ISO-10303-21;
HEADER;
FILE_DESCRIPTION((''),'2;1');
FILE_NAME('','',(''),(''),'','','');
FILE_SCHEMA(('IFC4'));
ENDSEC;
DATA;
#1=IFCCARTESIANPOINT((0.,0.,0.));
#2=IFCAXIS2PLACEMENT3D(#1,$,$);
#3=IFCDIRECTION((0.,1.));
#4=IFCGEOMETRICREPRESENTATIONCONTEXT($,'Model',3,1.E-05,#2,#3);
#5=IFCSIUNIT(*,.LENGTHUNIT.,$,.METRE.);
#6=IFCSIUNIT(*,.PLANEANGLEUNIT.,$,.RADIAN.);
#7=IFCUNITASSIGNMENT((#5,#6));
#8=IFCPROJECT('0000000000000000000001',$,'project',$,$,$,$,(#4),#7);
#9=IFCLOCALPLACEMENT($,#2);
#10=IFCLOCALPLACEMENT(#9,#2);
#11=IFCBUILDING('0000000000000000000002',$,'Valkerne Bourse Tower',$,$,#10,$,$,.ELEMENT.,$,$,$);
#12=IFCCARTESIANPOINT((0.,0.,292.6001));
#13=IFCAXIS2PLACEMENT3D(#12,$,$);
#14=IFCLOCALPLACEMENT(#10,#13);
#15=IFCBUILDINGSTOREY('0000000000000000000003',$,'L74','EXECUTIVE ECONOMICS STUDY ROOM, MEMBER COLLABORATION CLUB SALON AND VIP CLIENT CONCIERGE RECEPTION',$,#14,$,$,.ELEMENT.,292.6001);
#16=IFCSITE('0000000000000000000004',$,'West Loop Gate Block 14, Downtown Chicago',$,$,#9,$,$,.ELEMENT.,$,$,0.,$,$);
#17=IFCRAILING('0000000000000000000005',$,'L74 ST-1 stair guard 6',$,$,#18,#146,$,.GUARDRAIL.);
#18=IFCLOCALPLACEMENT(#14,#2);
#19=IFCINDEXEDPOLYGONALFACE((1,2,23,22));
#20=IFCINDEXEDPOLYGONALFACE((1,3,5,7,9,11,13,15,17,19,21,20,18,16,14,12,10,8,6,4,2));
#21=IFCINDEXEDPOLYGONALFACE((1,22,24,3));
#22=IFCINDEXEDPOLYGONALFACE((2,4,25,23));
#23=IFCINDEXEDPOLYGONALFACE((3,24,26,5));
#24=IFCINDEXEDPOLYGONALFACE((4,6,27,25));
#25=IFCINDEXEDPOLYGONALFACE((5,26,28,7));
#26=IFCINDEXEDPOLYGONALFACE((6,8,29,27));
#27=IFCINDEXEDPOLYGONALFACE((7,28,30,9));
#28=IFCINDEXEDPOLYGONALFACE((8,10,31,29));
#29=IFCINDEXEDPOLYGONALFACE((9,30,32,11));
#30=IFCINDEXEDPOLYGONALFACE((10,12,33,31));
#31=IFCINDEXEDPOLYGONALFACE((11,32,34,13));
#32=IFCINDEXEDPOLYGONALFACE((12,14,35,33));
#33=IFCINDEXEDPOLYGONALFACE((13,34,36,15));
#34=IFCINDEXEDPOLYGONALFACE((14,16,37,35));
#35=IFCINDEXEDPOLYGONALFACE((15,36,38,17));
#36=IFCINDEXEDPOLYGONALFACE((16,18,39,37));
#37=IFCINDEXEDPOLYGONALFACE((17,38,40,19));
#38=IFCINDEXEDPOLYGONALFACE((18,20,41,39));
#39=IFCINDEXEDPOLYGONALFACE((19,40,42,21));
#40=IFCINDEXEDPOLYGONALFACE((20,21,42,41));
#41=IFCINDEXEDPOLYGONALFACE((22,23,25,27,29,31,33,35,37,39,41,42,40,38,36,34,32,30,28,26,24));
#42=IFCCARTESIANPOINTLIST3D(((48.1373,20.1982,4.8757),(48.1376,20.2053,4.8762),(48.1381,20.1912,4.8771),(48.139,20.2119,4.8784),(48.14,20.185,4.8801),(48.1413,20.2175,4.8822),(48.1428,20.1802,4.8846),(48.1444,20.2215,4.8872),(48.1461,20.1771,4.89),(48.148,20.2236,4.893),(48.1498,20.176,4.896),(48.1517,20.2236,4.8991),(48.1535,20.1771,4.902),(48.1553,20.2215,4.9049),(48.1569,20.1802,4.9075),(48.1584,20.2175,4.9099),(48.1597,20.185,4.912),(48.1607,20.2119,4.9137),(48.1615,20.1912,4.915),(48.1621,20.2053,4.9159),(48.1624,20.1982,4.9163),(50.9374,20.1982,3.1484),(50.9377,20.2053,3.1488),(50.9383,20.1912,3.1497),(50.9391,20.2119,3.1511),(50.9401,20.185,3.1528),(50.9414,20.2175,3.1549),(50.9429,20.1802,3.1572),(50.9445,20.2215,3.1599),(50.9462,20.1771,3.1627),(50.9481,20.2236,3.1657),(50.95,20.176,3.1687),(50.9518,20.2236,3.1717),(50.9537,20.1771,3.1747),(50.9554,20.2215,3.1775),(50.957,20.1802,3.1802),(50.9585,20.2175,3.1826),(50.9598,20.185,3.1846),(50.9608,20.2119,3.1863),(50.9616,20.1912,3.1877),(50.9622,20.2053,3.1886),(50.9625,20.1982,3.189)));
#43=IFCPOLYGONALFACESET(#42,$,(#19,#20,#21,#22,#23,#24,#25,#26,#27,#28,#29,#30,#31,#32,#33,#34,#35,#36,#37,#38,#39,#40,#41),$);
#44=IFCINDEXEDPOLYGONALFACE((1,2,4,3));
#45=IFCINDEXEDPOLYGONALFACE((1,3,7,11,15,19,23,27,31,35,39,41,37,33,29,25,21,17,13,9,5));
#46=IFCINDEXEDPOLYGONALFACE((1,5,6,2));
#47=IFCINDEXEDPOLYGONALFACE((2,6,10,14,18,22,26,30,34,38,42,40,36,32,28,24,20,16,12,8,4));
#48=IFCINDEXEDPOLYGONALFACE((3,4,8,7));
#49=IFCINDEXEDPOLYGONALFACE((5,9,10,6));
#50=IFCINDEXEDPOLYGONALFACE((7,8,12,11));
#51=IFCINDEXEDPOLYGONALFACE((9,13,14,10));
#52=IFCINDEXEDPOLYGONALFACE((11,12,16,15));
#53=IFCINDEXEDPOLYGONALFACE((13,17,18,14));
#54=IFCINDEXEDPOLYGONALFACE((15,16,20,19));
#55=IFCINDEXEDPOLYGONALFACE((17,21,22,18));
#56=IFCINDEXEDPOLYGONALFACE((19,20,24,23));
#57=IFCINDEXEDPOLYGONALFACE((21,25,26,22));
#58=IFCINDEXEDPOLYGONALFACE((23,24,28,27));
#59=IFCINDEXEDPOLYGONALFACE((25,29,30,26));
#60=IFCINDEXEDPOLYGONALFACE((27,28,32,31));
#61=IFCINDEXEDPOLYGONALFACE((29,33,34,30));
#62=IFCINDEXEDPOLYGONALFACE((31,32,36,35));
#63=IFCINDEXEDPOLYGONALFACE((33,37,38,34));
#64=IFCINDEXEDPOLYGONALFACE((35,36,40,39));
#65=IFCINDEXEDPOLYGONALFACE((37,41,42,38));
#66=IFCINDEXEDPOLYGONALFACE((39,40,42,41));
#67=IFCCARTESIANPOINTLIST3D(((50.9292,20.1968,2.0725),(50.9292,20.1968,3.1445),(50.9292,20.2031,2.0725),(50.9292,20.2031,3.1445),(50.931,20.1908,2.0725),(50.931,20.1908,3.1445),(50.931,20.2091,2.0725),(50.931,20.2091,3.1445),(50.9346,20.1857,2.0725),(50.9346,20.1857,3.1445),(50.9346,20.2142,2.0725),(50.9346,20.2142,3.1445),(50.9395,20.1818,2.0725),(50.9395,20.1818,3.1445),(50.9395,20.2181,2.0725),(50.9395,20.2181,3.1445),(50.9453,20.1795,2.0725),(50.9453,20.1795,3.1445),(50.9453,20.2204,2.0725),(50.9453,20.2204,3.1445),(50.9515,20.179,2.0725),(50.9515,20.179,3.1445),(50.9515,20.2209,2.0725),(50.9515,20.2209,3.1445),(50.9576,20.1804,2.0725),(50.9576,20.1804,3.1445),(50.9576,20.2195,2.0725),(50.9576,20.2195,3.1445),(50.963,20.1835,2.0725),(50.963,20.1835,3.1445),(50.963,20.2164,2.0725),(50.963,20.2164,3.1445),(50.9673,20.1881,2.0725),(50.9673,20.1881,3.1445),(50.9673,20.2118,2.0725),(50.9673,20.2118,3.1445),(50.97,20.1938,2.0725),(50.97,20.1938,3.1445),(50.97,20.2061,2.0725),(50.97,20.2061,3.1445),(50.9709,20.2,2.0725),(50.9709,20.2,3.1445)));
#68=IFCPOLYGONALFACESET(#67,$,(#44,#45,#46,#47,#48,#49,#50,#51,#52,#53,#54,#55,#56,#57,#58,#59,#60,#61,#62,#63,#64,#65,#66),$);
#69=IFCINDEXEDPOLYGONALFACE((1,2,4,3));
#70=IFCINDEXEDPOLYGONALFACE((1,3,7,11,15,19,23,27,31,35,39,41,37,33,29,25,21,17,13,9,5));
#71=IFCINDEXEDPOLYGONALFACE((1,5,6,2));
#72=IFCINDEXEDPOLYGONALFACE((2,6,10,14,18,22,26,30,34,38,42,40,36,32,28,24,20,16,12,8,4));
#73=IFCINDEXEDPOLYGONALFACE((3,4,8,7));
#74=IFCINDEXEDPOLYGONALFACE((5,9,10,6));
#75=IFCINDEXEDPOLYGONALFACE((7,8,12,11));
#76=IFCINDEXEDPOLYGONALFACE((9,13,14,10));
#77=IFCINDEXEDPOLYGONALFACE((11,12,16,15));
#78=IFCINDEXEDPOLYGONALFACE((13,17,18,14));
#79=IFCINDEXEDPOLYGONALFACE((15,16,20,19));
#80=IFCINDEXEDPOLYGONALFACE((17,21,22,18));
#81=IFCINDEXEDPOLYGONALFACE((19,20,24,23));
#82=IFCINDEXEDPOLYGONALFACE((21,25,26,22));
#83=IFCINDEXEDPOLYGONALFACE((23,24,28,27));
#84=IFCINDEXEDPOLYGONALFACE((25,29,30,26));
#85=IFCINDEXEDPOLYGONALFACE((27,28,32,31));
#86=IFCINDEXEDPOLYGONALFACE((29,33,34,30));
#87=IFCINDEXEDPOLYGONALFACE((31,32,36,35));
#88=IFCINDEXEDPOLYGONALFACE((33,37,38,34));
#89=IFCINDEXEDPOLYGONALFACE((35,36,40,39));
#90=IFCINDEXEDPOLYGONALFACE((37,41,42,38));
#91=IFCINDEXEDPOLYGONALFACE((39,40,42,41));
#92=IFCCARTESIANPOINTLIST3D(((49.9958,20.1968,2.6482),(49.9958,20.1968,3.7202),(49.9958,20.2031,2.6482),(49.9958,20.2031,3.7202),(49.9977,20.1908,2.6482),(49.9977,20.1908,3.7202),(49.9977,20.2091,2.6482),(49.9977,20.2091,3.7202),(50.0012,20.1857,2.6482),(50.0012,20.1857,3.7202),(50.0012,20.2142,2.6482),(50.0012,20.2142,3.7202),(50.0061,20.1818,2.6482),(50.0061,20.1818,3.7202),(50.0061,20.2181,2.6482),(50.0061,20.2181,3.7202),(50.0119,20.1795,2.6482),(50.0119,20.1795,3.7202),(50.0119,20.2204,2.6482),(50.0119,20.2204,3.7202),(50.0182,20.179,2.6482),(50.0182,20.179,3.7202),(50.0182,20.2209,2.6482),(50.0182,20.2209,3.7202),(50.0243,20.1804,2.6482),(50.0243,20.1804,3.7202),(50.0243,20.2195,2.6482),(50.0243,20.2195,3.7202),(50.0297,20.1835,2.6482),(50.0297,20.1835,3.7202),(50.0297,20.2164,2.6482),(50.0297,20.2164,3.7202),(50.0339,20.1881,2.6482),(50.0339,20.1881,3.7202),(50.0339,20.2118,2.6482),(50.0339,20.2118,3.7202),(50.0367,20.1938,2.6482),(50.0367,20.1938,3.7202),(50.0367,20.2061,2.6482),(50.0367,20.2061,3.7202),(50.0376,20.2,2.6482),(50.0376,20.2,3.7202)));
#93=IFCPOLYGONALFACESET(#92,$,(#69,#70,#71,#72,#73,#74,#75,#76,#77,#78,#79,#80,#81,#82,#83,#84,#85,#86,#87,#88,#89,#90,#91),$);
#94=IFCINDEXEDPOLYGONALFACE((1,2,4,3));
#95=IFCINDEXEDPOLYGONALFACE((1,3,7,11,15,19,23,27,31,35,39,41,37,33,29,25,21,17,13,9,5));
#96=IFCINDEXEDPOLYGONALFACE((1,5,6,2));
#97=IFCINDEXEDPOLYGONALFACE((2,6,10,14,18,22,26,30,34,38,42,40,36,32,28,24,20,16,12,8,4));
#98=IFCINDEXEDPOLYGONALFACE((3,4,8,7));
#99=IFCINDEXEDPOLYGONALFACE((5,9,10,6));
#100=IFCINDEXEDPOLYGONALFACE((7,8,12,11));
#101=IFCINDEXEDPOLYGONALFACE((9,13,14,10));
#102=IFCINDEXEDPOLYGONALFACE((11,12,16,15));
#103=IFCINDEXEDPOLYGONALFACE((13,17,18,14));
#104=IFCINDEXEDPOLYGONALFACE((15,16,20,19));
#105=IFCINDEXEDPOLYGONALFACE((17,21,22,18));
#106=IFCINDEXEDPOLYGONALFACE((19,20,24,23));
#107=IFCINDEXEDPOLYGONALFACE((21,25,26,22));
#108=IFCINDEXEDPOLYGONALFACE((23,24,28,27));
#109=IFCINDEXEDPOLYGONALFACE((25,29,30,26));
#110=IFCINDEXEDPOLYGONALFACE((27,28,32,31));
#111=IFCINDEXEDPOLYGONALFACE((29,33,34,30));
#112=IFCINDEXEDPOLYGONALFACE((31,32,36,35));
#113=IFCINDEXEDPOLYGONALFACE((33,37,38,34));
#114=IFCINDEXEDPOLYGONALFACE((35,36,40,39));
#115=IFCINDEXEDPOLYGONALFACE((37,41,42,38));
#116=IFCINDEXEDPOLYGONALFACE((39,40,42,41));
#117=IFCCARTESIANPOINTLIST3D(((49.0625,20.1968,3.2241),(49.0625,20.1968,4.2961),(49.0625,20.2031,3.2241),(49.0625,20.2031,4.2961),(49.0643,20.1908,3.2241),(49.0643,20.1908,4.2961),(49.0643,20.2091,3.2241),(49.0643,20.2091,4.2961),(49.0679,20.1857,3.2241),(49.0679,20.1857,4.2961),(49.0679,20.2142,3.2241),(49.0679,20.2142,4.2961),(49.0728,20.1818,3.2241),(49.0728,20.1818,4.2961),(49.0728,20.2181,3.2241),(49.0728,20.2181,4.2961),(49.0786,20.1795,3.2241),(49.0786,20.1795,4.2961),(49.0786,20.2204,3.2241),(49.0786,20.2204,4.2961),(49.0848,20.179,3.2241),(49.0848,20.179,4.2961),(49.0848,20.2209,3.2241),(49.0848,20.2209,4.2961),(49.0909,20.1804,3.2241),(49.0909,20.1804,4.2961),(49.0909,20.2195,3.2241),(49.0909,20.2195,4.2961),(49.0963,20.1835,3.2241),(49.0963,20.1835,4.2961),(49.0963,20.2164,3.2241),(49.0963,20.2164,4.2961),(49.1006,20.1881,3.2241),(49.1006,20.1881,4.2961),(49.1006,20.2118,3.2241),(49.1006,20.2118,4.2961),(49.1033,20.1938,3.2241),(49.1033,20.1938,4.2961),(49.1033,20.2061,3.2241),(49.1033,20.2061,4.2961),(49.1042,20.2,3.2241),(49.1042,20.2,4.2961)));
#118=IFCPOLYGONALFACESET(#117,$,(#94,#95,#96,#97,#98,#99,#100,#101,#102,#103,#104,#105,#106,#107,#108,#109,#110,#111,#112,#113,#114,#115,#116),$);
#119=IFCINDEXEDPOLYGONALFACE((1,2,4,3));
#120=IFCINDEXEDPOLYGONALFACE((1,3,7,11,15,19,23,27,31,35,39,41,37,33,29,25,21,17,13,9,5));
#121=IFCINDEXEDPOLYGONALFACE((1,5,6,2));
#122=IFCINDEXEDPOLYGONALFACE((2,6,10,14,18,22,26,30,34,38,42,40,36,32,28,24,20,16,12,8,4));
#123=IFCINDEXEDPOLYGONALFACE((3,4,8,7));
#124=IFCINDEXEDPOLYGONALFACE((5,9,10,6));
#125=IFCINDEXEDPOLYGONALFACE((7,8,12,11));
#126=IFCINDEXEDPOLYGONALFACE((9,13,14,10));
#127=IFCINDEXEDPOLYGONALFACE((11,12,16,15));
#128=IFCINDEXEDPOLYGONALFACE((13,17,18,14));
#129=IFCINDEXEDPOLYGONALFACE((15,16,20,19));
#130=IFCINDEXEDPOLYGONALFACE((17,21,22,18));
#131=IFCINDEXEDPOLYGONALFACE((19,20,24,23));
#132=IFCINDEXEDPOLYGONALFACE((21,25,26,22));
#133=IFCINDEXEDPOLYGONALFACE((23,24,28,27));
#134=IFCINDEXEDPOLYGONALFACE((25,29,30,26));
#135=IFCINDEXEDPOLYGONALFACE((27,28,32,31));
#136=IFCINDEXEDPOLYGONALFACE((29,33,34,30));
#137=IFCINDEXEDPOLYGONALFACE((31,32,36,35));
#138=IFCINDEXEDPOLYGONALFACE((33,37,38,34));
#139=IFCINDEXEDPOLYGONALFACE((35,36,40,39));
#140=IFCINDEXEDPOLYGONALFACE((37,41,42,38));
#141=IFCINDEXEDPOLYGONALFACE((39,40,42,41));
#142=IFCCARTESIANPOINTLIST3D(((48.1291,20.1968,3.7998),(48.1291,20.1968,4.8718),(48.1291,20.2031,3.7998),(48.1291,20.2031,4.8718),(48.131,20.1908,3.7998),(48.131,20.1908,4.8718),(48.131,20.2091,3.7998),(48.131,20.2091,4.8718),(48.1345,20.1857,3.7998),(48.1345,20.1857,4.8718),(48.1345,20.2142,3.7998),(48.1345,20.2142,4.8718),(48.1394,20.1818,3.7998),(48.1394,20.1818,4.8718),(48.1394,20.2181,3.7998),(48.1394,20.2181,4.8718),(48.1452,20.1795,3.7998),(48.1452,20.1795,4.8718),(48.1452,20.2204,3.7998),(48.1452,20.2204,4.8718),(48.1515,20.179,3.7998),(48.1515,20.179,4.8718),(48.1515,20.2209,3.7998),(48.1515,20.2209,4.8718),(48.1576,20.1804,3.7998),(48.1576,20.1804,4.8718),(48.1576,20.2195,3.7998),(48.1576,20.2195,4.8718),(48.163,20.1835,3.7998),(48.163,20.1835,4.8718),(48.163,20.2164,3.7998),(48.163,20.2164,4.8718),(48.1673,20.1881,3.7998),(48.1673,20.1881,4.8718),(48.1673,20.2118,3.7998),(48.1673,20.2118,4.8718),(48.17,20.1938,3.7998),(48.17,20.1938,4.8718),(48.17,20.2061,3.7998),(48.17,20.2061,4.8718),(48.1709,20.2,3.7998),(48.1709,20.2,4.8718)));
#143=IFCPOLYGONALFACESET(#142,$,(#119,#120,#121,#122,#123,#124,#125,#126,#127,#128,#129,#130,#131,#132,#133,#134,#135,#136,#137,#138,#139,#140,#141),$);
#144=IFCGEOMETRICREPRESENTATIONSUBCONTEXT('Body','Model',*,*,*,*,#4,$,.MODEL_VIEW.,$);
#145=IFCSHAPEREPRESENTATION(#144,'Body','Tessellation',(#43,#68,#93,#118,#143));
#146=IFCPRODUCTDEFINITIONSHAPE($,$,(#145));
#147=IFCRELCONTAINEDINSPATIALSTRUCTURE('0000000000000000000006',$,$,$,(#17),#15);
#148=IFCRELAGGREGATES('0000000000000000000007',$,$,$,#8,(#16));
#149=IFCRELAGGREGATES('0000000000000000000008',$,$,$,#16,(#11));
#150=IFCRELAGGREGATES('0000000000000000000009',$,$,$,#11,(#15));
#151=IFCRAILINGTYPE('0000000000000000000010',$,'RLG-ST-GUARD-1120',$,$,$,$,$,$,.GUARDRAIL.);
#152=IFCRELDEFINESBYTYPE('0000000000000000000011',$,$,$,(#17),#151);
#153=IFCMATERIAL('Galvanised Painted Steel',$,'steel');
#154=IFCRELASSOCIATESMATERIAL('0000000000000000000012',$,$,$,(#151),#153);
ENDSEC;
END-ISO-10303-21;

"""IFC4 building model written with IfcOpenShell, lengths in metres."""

from ifc_helpers import new_model, si_unit, direction, frame, origin, origin_2d, place, context, subcontext, project, spatial, circle, extrude, material, type_object, element, save


model = new_model("IFC4")

# Units and contexts
model_context = context("Model", 3, precision=1e-05, world=origin(), true_north=direction((0.0, 1.0)))
body_context = subcontext(model_context, "Body", "Model", "MODEL_VIEW")
ifc_project = project(units=[si_unit("LENGTHUNIT", "METRE"), si_unit("PLANEANGLEUNIT", "RADIAN")], contexts=[model_context])

# Site, building, storey
site_placement = place(None, origin())
site = spatial("IfcSite", under=ifc_project, at=site_placement, Name="West Loop Gate Block 14, Downtown Chicago", CompositionType="ELEMENT", RefElevation=0.0)
building_placement = place(site_placement, origin())
building = spatial("IfcBuilding", under=site, at=building_placement, Name="Valkerne Bourse Tower", CompositionType="ELEMENT")
storey_placement = place(building_placement, frame((0.0, 0.0, 292.6001)))
storey = spatial("IfcBuildingStorey", under=building, at=storey_placement, Name="L74", Description="EXECUTIVE ECONOMICS STUDY ROOM, MEMBER COLLABORATION CLUB SALON AND VIP CLIENT CONCIERGE RECEPTION", CompositionType="ELEMENT", Elevation=292.6001)

# Shared definitions
ifc_material_1 = material(Name="Galvanised Painted Steel", Category="steel")

# Railing
railing_type_1 = type_object("IfcRailingType", Name="RLG-ST-GUARD-1120", PredefinedType="GUARDRAIL", material=ifc_material_1)
railing_1_placement = place(storey_placement, frame((50.95, 20.2, 2.0725)))
element("IfcRailing", 1, at=railing_1_placement, inside=storey, type_object=railing_type_1, Name="L74 ST-1 stair guard 6", PredefinedType="GUARDRAIL", context=body_context, shape_type="SweptSolid", body=[
    extrude(circle(Radius=0.0239, at=origin_2d()), frame((0.0, 0.0, 1.0962), z_axis=(-0.85109, 0.0, 0.52502), x_axis=(0.0, -1.0, 0.0)), (0.0, 0.0, 1.0), 3.29),
    extrude(circle(Radius=0.021, at=origin_2d()), origin(), (0.0, 0.0, 1.0), 1.072),
    extrude(circle(Radius=0.021, at=origin_2d()), frame((-0.9333, 0.0, 0.5757)), (0.0, 0.0, 1.0), 1.072),
    extrude(circle(Radius=0.021, at=origin_2d()), frame((-1.8667, 0.0, 1.1516)), (0.0, 0.0, 1.0), 1.072),
    extrude(circle(Radius=0.021, at=origin_2d()), frame((-2.8, 0.0, 1.7273)), (0.0, 0.0, 1.0), 1.072),
])

save(model, "model.ifc")
